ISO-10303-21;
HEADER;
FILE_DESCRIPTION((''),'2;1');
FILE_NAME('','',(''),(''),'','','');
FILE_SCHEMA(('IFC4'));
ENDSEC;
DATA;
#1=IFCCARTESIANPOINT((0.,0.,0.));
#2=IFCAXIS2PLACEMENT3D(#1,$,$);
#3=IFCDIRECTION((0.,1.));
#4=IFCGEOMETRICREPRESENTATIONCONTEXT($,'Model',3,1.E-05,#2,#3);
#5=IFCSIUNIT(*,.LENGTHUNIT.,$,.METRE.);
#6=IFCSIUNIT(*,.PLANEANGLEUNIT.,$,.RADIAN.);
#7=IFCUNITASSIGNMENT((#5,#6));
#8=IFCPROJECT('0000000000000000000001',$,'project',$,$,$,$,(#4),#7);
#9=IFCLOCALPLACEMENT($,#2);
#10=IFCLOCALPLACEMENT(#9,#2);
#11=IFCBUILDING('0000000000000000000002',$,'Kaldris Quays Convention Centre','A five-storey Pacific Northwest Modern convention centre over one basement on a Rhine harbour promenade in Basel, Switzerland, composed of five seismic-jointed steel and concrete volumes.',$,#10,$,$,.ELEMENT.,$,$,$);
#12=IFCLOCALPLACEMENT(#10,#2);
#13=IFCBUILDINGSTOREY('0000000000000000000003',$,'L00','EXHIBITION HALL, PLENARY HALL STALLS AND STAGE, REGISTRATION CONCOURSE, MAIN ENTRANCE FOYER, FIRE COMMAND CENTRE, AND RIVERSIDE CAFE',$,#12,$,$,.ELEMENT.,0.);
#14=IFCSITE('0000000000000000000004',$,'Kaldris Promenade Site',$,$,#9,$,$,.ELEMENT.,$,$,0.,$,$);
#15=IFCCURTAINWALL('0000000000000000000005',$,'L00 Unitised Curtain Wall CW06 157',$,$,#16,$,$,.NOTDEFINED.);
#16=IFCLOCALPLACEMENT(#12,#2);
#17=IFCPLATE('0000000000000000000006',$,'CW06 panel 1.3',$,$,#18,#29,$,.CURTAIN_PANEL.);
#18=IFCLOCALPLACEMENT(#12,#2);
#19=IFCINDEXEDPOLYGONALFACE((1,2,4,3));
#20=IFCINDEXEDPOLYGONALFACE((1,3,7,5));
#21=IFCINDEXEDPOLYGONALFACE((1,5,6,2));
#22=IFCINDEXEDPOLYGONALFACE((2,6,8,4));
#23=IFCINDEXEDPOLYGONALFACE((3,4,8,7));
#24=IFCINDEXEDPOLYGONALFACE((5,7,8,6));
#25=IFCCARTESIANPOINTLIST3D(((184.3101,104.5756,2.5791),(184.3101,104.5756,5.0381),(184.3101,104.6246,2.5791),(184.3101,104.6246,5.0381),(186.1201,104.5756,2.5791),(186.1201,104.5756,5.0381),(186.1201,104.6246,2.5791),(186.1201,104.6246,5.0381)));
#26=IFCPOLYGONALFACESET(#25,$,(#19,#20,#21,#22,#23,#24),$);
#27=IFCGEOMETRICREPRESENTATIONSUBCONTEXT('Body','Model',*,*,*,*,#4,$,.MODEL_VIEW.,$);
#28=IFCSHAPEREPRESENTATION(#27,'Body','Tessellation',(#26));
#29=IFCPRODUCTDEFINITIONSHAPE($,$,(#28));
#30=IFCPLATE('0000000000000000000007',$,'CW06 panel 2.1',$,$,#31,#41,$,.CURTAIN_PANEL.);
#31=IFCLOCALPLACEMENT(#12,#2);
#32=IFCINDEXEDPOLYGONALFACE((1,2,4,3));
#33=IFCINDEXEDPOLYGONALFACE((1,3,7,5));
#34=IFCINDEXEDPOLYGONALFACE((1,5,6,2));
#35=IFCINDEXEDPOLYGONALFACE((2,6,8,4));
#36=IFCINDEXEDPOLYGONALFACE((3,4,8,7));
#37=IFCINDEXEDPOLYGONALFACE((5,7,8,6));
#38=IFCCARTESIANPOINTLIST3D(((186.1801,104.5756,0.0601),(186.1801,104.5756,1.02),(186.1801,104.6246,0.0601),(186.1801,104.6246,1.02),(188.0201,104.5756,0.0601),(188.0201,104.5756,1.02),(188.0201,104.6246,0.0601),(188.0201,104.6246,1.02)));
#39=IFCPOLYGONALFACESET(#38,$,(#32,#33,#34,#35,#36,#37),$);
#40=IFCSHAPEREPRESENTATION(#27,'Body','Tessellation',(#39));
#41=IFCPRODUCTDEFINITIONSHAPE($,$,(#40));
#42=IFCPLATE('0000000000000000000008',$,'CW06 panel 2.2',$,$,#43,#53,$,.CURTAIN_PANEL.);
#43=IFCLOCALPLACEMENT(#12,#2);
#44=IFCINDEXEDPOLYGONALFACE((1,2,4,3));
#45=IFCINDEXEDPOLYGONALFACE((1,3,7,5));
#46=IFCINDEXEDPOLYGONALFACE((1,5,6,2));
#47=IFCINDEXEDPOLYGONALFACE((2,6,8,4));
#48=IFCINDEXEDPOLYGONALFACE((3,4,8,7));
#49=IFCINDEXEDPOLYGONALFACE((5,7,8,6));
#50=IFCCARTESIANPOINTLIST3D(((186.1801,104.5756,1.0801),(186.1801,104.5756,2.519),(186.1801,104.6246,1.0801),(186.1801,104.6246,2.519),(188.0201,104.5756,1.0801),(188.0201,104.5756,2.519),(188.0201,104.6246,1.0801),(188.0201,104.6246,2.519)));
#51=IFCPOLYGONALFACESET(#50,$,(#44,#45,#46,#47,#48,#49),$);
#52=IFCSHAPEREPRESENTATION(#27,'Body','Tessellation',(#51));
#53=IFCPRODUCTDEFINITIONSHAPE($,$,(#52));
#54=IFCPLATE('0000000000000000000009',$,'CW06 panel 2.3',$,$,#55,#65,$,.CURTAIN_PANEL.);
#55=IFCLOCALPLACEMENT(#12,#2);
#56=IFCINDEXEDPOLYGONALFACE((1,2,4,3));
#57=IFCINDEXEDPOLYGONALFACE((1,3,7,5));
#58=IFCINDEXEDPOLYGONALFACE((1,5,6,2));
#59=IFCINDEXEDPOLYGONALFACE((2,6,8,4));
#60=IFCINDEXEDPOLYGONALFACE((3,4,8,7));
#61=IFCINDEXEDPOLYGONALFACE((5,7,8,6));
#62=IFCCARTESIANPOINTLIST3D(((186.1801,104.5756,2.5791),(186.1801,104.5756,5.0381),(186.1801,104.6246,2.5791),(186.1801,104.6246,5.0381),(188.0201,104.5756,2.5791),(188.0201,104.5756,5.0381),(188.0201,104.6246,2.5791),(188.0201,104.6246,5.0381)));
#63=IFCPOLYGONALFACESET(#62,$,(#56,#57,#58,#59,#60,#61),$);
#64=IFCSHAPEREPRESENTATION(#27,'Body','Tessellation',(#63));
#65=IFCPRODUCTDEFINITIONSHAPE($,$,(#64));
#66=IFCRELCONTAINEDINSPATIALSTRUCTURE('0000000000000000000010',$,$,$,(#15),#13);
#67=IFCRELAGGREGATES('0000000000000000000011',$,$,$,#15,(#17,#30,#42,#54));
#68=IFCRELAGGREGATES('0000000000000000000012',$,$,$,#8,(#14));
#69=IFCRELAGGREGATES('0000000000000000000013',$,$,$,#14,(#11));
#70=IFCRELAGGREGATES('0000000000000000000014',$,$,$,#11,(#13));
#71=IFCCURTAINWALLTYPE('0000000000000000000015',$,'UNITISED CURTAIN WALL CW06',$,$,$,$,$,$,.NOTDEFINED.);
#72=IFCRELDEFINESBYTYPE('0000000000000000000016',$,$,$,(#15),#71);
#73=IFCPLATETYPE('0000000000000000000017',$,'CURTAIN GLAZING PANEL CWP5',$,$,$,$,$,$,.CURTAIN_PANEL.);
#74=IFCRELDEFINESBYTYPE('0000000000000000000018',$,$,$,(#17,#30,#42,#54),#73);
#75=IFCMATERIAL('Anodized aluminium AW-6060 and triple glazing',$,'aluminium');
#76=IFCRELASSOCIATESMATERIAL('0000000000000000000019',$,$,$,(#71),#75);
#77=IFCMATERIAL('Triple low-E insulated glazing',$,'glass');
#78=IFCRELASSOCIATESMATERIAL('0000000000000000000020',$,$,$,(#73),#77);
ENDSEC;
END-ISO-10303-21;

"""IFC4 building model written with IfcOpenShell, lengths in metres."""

from ifc_helpers import new_model, si_unit, direction, frame, origin, origin_2d, place, context, subcontext, project, spatial, rectangle, extrude, material, type_object, element, aggregate, save


model = new_model("IFC4")

# Units and contexts
model_context = context("Model", 3, precision=1e-05, world=origin(), true_north=direction((0.0, 1.0)))
body_context = subcontext(model_context, "Body", "Model", "MODEL_VIEW")
ifc_project = project(units=[si_unit("LENGTHUNIT", "METRE"), si_unit("PLANEANGLEUNIT", "RADIAN")], contexts=[model_context])

# Site, building, storey
site_placement = place(None, origin())
site = spatial("IfcSite", under=ifc_project, at=site_placement, Name="Kaldris Promenade Site", CompositionType="ELEMENT", RefElevation=0.0)
building_placement = place(site_placement, origin())
building = spatial("IfcBuilding", under=site, at=building_placement, Name="Kaldris Quays Convention Centre", Description="A five-storey Pacific Northwest Modern convention centre over one basement on a Rhine harbour promenade in Basel, Switzerland, composed of five seismic-jointed steel and concrete volumes.", CompositionType="ELEMENT")
storey_placement = place(building_placement, origin())
storey = spatial("IfcBuildingStorey", under=building, at=storey_placement, Name="L00", Description="EXHIBITION HALL, PLENARY HALL STALLS AND STAGE, REGISTRATION CONCOURSE, MAIN ENTRANCE FOYER, FIRE COMMAND CENTRE, AND RIVERSIDE CAFE", CompositionType="ELEMENT", Elevation=0.0)

# Shared definitions
ifc_material_1 = material(Name="Anodized aluminium AW-6060 and triple glazing", Category="aluminium")
curtain_wall_type = type_object("IfcCurtainWallType", Name="UNITISED CURTAIN WALL CW06", PredefinedType="NOTDEFINED", material=ifc_material_1)

# Curtain wall
curtain_wall_1_placement = place(storey_placement, origin())
curtain_wall_1 = element("IfcCurtainWall", 1, at=curtain_wall_1_placement, inside=storey, type_object=curtain_wall_type, Name="L00 Unitised Curtain Wall CW06 157", PredefinedType="NOTDEFINED")

# Plates
ifc_material_2 = material(Name="Triple low-E insulated glazing", Category="glass")
plate_type_1 = type_object("IfcPlateType", Name="CURTAIN GLAZING PANEL CWP5", PredefinedType="CURTAIN_PANEL", material=ifc_material_2)
plate_1_placement = place(storey_placement, frame((185.2151, 104.6001, 2.5791), z_axis=(0.0, 0.0, 1.0), x_axis=(1.0, 0.0, 0.0)))
plate_1 = element("IfcPlate", 2, at=plate_1_placement, type_object=plate_type_1, Name="CW06 panel 1.3", PredefinedType="CURTAIN_PANEL", context=body_context, shape_type="SweptSolid", body=[
    extrude(rectangle(XDim=1.8101, YDim=0.0491, at=origin_2d()), origin(), (0.0, 0.0, 1.0), 2.459),
])
plate_2_placement = place(storey_placement, frame((187.1001, 104.6001, 0.0601), z_axis=(0.0, 0.0, 1.0), x_axis=(1.0, 0.0, 0.0)))
plate_2 = element("IfcPlate", 3, at=plate_2_placement, type_object=plate_type_1, Name="CW06 panel 2.1", PredefinedType="CURTAIN_PANEL", context=body_context, shape_type="SweptSolid", body=[
    extrude(rectangle(XDim=1.8401, YDim=0.0491, at=origin_2d()), origin(), (0.0, 0.0, 1.0), 0.96),
])
plate_3_placement = place(storey_placement, frame((187.1001, 104.6001, 1.0801), z_axis=(0.0, 0.0, 1.0), x_axis=(1.0, 0.0, 0.0)))
plate_3 = element("IfcPlate", 4, at=plate_3_placement, type_object=plate_type_1, Name="CW06 panel 2.2", PredefinedType="CURTAIN_PANEL", context=body_context, shape_type="SweptSolid", body=[
    extrude(rectangle(XDim=1.8401, YDim=0.0491, at=origin_2d()), origin(), (0.0, 0.0, 1.0), 1.439),
])
plate_4_placement = place(storey_placement, frame((187.1001, 104.6001, 2.5791), z_axis=(0.0, 0.0, 1.0), x_axis=(1.0, 0.0, 0.0)))
plate_4 = element("IfcPlate", 5, at=plate_4_placement, type_object=plate_type_1, Name="CW06 panel 2.3", PredefinedType="CURTAIN_PANEL", context=body_context, shape_type="SweptSolid", body=[
    extrude(rectangle(XDim=1.8401, YDim=0.0491, at=origin_2d()), origin(), (0.0, 0.0, 1.0), 2.459),
])
aggregate(curtain_wall_1, [plate_1, plate_2, plate_3, plate_4])

save(model, "model.ifc")
